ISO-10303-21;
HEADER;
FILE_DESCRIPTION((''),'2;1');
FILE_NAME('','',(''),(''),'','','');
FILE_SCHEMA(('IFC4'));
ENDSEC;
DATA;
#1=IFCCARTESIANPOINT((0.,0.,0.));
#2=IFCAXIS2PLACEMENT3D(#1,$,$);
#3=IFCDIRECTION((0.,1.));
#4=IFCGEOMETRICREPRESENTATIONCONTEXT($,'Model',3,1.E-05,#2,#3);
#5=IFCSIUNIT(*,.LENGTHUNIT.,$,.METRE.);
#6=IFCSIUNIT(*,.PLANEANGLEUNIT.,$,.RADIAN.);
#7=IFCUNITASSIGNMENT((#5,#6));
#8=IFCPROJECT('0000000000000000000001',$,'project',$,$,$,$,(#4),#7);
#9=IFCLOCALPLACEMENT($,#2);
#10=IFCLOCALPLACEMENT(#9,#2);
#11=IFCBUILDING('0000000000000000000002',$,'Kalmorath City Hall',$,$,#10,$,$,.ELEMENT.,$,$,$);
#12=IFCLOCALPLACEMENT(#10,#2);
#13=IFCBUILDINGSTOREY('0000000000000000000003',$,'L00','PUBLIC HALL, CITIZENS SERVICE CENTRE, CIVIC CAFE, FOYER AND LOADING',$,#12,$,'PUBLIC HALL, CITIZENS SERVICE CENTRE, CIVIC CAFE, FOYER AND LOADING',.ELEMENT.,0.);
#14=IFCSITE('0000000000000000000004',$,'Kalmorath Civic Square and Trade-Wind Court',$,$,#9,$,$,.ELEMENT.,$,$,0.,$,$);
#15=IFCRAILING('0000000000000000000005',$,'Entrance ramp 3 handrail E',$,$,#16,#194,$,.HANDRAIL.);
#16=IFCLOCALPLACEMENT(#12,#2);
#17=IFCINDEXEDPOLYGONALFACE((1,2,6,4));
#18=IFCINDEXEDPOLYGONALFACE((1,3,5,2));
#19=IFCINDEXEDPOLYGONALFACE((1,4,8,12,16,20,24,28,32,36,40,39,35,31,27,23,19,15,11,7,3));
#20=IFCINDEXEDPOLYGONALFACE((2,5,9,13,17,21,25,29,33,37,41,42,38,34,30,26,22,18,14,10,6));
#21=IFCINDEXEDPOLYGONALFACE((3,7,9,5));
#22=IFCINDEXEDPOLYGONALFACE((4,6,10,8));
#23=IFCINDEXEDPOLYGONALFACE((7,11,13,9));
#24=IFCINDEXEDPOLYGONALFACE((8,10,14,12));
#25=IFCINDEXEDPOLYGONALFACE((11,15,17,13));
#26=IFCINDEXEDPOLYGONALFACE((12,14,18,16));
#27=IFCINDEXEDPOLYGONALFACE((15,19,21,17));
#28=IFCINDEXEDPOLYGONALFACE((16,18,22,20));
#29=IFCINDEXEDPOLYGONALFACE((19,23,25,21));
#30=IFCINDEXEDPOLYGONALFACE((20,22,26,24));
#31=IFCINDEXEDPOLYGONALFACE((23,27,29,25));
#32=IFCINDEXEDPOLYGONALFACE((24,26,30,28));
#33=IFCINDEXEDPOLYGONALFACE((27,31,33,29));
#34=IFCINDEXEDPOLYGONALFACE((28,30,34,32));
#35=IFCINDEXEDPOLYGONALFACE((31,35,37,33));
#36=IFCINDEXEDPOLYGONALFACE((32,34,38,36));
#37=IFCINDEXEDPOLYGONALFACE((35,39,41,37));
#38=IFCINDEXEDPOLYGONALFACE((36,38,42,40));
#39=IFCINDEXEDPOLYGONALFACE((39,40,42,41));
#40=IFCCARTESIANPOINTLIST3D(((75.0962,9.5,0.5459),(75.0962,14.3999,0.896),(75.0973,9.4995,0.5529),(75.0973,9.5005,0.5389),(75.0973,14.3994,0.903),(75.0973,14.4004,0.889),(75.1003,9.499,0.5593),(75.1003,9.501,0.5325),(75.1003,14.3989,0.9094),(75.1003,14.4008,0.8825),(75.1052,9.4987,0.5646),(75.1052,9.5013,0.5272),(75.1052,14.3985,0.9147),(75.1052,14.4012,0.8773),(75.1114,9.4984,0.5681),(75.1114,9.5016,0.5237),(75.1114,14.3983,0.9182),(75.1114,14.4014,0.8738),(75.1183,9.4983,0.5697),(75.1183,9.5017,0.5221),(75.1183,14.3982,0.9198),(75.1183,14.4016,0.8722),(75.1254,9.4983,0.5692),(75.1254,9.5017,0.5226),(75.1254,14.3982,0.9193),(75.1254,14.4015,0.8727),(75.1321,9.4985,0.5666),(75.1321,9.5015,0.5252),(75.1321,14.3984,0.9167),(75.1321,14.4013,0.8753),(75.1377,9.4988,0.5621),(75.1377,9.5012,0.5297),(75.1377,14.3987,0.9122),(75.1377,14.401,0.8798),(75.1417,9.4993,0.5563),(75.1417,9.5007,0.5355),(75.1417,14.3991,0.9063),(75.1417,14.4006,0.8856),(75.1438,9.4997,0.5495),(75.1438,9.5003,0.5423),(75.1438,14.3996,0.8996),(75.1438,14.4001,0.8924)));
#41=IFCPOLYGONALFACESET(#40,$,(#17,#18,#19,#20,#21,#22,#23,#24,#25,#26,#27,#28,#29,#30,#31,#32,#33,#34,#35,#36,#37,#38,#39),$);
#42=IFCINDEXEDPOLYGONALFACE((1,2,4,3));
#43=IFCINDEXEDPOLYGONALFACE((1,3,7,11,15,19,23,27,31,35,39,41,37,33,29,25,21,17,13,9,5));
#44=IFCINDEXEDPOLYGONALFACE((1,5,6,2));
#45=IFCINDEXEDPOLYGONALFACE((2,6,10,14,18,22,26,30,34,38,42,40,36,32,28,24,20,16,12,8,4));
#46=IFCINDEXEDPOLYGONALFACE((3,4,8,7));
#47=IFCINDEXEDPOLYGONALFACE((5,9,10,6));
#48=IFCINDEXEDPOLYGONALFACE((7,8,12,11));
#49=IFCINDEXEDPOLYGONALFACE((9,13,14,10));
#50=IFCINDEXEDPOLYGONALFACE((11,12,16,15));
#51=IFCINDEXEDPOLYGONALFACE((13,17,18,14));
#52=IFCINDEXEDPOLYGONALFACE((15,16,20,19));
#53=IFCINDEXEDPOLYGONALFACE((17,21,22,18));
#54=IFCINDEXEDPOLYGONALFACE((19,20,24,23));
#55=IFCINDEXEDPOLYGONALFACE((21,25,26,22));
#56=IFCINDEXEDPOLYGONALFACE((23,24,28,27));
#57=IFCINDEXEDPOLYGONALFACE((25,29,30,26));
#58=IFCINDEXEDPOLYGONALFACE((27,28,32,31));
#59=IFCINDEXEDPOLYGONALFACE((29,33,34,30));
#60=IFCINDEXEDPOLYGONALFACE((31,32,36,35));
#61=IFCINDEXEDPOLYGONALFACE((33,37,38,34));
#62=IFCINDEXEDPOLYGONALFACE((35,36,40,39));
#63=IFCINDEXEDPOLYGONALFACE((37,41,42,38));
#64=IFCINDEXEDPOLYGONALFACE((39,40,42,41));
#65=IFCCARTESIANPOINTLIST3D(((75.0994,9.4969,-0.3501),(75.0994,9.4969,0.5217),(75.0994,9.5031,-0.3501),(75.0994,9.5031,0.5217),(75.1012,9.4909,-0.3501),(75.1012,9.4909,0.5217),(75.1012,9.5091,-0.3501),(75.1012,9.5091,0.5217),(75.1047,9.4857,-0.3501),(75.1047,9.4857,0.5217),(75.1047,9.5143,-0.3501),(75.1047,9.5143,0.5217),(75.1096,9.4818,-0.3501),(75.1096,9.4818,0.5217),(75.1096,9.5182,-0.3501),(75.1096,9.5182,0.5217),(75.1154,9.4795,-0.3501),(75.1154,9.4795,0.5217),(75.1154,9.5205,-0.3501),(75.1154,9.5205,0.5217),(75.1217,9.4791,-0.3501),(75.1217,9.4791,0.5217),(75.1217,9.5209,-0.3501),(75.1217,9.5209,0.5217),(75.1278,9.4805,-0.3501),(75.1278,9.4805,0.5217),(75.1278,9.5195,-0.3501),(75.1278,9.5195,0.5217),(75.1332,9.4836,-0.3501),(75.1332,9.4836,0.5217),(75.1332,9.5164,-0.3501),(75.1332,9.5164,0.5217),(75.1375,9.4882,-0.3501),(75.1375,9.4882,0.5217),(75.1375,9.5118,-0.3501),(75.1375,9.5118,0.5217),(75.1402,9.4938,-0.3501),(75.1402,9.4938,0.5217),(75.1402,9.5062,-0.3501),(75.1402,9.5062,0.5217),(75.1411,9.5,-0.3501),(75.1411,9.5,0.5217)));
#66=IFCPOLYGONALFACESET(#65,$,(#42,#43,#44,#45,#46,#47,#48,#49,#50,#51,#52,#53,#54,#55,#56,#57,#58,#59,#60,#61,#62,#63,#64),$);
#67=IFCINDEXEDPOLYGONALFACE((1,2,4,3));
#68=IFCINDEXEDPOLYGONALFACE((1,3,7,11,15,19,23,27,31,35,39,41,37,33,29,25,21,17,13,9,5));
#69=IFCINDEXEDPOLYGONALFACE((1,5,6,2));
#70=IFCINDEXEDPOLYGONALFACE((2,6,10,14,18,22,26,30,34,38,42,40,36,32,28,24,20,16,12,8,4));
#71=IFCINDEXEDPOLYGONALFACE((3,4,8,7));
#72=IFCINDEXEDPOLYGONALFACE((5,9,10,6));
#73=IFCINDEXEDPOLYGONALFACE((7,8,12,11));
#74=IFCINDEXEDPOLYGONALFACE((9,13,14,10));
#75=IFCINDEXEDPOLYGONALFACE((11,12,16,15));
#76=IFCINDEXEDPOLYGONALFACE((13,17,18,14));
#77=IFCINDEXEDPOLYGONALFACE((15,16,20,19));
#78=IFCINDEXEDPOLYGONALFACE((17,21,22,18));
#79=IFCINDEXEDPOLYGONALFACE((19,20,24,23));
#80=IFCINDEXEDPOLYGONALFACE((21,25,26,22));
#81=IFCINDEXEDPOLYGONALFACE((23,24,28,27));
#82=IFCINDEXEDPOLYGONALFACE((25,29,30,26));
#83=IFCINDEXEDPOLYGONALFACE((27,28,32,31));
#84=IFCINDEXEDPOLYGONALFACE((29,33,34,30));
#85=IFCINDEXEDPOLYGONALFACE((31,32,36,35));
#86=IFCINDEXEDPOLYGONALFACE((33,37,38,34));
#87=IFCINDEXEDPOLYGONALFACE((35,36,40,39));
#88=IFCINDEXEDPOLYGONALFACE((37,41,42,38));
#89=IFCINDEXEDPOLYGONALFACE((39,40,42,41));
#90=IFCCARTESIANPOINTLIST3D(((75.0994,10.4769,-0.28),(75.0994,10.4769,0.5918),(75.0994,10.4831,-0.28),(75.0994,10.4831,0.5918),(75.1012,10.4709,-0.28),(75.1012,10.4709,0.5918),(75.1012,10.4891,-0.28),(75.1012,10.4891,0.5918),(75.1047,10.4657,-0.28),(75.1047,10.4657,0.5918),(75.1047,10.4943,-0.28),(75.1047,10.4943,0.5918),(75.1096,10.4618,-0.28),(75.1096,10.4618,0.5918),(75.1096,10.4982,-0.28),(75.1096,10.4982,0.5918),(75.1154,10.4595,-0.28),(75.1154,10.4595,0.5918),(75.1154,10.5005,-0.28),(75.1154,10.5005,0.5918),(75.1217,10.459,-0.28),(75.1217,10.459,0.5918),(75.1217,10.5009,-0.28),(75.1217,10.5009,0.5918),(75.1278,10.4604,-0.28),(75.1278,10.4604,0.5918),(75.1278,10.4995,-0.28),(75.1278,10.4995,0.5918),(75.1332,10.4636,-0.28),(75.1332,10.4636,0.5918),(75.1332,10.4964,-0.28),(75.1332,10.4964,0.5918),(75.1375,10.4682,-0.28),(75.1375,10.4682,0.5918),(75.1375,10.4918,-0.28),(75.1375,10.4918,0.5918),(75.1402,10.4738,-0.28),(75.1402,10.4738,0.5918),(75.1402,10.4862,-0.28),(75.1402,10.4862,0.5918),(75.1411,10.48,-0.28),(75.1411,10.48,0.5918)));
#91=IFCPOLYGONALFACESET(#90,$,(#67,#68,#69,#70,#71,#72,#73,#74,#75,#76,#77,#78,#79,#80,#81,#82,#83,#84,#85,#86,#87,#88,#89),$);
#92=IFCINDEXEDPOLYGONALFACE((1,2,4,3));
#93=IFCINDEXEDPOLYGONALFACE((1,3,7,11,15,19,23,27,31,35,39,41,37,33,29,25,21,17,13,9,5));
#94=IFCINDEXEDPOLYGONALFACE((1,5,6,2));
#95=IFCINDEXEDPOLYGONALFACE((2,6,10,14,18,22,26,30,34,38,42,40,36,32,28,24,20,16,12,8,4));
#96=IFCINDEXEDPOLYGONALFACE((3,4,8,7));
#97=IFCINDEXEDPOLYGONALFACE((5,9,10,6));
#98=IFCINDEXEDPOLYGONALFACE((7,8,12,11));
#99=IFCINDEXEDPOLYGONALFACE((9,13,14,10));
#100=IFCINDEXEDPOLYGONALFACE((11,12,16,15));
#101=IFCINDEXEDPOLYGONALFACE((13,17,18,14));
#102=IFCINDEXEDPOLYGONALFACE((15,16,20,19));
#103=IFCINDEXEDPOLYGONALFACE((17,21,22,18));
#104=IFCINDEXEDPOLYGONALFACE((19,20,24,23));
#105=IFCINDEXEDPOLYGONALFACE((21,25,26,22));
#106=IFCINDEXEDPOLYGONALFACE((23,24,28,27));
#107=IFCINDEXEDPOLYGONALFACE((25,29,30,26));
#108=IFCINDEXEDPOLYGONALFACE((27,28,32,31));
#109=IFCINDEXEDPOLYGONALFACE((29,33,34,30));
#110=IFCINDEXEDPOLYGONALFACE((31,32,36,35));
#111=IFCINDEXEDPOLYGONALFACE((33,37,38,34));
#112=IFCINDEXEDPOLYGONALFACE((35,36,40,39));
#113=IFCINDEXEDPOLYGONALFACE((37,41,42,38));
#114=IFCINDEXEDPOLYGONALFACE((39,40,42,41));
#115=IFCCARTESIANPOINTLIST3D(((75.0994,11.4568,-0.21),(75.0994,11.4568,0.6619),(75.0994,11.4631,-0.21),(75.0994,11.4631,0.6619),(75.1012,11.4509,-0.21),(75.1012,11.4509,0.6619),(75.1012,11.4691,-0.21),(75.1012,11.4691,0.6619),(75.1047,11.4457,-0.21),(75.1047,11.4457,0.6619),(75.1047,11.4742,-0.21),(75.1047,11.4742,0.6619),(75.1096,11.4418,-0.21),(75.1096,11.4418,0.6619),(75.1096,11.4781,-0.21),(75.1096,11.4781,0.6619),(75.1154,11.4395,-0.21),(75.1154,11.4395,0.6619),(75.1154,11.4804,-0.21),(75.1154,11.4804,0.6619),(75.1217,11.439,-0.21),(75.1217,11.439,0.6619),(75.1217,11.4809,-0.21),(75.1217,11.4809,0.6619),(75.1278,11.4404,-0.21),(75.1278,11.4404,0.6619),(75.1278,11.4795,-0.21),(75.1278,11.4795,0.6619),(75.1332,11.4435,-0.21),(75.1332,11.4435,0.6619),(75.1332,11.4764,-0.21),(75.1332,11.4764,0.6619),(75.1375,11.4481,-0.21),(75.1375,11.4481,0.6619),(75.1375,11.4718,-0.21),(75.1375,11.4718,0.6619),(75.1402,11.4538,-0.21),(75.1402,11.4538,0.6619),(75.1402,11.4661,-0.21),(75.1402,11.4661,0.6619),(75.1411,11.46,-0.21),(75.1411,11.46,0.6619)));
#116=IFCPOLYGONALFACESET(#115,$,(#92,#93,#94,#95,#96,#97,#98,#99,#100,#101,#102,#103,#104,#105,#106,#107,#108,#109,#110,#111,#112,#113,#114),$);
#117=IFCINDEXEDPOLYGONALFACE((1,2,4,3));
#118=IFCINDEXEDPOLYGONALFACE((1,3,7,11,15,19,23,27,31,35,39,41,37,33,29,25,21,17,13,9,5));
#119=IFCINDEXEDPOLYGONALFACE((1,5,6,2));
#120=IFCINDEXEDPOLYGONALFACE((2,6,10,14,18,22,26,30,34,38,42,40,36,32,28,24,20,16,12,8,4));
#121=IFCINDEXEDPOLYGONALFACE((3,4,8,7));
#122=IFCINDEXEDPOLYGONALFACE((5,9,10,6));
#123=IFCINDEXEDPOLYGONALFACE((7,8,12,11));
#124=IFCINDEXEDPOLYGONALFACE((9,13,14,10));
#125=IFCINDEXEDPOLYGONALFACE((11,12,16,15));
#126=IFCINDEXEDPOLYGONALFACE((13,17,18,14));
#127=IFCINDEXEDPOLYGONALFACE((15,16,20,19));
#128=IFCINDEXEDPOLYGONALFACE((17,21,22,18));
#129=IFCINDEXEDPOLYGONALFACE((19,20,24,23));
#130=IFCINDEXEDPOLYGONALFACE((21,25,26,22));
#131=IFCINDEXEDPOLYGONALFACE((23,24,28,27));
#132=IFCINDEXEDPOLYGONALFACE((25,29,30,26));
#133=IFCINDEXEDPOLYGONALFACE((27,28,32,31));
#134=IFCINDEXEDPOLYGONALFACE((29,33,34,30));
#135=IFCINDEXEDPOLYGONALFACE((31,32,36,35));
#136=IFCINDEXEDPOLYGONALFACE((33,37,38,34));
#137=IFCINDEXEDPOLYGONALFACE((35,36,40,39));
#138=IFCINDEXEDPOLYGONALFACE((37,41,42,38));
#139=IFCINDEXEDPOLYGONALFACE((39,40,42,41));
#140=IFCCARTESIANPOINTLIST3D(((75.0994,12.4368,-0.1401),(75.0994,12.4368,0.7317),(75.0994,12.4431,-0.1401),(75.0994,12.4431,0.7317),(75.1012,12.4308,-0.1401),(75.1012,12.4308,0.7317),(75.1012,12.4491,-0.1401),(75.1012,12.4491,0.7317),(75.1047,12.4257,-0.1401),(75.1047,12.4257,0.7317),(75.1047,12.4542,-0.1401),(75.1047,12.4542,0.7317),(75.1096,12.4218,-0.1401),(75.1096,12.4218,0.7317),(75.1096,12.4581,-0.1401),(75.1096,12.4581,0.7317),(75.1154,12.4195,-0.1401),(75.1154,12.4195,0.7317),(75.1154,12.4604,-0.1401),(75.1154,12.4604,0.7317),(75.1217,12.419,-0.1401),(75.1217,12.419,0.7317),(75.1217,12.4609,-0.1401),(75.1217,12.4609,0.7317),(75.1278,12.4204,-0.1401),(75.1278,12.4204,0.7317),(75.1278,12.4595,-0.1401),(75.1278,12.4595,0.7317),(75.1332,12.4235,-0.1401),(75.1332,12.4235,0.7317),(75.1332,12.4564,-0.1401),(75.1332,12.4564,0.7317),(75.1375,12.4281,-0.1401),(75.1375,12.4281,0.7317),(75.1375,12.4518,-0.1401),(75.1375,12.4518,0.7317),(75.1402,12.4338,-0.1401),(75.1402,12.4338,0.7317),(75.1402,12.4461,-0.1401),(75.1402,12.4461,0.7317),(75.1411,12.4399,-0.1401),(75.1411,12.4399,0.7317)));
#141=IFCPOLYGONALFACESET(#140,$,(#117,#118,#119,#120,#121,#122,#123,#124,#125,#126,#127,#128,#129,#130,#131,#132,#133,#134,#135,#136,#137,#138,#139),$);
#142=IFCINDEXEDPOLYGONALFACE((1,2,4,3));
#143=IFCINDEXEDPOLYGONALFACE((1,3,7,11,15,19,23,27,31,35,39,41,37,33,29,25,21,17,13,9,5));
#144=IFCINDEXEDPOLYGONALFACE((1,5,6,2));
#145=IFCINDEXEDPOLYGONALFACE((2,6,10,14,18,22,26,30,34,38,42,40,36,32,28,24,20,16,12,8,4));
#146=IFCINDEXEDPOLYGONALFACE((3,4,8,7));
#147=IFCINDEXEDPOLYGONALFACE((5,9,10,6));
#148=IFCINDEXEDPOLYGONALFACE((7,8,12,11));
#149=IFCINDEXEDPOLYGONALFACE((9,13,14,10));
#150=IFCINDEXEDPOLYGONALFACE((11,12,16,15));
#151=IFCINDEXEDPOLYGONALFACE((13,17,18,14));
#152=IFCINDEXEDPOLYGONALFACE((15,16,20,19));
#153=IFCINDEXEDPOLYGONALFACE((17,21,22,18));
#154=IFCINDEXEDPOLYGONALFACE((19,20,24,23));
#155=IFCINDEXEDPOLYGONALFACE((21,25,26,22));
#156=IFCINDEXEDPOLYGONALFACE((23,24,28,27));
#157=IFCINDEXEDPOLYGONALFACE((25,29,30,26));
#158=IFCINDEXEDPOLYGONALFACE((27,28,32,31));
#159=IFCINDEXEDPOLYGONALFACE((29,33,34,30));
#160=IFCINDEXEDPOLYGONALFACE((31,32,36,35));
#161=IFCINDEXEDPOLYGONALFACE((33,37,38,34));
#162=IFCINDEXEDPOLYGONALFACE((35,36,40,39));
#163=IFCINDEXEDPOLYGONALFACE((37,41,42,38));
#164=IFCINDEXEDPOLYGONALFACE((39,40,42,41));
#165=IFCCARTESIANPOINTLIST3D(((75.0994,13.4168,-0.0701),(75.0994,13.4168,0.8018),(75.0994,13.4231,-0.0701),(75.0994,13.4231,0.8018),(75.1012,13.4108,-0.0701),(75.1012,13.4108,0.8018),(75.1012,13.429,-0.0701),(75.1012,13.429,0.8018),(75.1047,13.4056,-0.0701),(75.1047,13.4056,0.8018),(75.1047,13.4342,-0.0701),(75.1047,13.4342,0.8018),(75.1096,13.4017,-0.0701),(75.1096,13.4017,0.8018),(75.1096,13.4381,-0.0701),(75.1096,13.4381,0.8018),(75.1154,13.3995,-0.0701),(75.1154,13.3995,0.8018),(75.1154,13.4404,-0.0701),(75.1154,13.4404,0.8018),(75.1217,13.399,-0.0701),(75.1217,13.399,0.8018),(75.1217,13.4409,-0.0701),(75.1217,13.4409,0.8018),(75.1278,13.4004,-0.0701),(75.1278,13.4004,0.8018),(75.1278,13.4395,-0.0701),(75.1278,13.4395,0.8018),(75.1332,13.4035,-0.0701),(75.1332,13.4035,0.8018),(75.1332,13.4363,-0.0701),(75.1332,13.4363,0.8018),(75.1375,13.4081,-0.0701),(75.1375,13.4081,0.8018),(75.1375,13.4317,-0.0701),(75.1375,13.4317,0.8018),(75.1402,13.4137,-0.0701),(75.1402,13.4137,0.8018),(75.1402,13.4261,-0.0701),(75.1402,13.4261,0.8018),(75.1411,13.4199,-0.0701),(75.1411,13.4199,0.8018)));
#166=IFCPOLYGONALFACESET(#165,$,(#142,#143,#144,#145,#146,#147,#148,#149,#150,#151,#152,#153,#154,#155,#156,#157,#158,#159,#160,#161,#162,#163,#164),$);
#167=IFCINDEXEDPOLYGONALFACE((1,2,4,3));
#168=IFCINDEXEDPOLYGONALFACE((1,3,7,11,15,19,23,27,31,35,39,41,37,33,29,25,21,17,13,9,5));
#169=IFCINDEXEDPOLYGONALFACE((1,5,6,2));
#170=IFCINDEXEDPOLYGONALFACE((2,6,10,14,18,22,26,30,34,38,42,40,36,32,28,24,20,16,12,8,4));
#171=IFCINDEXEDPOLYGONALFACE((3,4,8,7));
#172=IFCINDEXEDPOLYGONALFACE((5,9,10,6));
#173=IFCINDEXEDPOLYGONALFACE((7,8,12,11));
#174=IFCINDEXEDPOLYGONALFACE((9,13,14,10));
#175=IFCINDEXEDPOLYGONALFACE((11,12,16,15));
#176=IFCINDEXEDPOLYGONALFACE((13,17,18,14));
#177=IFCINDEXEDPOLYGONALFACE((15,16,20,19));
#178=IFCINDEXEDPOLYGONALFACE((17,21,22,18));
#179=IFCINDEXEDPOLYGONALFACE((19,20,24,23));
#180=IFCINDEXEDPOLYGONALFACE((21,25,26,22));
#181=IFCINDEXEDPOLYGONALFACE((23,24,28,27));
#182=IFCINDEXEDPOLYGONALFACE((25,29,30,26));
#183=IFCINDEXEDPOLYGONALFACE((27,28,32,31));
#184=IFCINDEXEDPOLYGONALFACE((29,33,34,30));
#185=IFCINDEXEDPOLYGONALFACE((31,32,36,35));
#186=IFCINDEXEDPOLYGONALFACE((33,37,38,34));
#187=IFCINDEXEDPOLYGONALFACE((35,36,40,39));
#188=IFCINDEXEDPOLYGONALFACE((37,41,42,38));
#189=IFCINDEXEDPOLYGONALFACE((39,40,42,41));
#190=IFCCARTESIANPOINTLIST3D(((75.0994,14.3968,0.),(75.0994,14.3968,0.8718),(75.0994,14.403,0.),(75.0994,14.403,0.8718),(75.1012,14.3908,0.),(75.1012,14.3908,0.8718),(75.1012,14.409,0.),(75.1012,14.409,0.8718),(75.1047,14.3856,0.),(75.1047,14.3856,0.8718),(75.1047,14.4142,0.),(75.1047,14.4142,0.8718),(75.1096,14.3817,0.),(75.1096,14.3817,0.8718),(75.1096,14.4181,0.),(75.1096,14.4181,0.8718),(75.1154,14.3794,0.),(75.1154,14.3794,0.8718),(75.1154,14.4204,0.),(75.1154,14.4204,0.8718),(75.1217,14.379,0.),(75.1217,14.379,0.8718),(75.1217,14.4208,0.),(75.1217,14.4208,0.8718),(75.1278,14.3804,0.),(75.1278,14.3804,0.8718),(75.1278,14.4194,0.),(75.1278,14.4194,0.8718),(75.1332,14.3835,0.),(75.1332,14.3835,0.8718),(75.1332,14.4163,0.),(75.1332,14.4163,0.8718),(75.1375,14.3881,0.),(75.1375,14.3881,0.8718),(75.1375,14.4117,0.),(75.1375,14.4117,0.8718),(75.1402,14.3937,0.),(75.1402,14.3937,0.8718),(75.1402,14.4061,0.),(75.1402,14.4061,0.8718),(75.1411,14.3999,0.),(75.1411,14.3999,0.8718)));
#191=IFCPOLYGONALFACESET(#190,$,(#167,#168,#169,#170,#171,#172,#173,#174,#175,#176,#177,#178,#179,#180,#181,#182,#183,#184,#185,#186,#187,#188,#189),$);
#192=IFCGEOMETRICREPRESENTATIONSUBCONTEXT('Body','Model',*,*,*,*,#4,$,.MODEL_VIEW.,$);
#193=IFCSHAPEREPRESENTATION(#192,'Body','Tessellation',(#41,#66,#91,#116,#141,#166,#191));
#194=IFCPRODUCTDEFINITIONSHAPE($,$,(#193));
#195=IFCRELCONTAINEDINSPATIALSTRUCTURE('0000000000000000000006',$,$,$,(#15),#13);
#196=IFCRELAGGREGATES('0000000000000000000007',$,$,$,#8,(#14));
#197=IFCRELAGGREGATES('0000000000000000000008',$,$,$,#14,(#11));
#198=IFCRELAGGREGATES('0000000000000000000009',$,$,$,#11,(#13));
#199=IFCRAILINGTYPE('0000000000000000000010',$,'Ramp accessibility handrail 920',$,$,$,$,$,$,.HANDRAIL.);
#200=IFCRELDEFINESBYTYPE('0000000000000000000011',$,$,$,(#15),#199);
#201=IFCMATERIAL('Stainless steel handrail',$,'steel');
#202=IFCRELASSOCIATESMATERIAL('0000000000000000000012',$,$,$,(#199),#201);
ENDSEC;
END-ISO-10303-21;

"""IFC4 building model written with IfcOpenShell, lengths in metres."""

from ifc_helpers import new_model, si_unit, direction, frame, origin, origin_2d, place, context, subcontext, project, spatial, circle, extrude, material, type_object, element, save


model = new_model("IFC4")

# Units and contexts
model_context = context("Model", 3, precision=1e-05, world=origin(), true_north=direction((0.0, 1.0)))
body_context = subcontext(model_context, "Body", "Model", "MODEL_VIEW")
ifc_project = project(units=[si_unit("LENGTHUNIT", "METRE"), si_unit("PLANEANGLEUNIT", "RADIAN")], contexts=[model_context])

# Site, building, storey
site_placement = place(None, origin())
site = spatial("IfcSite", under=ifc_project, at=site_placement, Name="Kalmorath Civic Square and Trade-Wind Court", CompositionType="ELEMENT", RefElevation=0.0)
building_placement = place(site_placement, origin())
building = spatial("IfcBuilding", under=site, at=building_placement, Name="Kalmorath City Hall", CompositionType="ELEMENT")
storey_placement = place(building_placement, origin())
storey = spatial("IfcBuildingStorey", under=building, at=storey_placement, Name="L00", Description="PUBLIC HALL, CITIZENS SERVICE CENTRE, CIVIC CAFE, FOYER AND LOADING", LongName="PUBLIC HALL, CITIZENS SERVICE CENTRE, CIVIC CAFE, FOYER AND LOADING", CompositionType="ELEMENT", Elevation=0.0)

# Railing
ifc_material_1 = material(Name="Stainless steel handrail", Category="steel")
railing_type = type_object("IfcRailingType", Name="Ramp accessibility handrail 920", PredefinedType="HANDRAIL", material=ifc_material_1)
railing_placement = place(storey_placement, frame((75.1201, 9.5, -0.3501)))
element("IfcRailing", 1, at=railing_placement, inside=storey, type_object=railing_type, Name="Entrance ramp 3 handrail E", PredefinedType="HANDRAIL", context=body_context, shape_type="SweptSolid", body=[
    extrude(circle(Radius=0.0239, at=origin_2d()), frame((0.0, 0.0, 0.896), z_axis=(0.0, 0.997457, 0.071268), x_axis=(-1.0, 0.0, 0.0)), (0.0, 0.0, 1.0), 4.9124),
    extrude(circle(Radius=0.021, at=origin_2d()), origin(), (0.0, 0.0, 1.0), 0.8718),
    extrude(circle(Radius=0.021, at=origin_2d()), frame((0.0, 0.98, 0.0701)), (0.0, 0.0, 1.0), 0.8718),
    extrude(circle(Radius=0.021, at=origin_2d()), frame((0.0, 1.96, 0.1401)), (0.0, 0.0, 1.0), 0.8718),
    extrude(circle(Radius=0.021, at=origin_2d()), frame((0.0, 2.9399, 0.21)), (0.0, 0.0, 1.0), 0.8718),
    extrude(circle(Radius=0.021, at=origin_2d()), frame((0.0, 3.9199, 0.28)), (0.0, 0.0, 1.0), 0.8718),
    extrude(circle(Radius=0.021, at=origin_2d()), frame((0.0, 4.8999, 0.3501)), (0.0, 0.0, 1.0), 0.8718),
])

save(model, "model.ifc")
